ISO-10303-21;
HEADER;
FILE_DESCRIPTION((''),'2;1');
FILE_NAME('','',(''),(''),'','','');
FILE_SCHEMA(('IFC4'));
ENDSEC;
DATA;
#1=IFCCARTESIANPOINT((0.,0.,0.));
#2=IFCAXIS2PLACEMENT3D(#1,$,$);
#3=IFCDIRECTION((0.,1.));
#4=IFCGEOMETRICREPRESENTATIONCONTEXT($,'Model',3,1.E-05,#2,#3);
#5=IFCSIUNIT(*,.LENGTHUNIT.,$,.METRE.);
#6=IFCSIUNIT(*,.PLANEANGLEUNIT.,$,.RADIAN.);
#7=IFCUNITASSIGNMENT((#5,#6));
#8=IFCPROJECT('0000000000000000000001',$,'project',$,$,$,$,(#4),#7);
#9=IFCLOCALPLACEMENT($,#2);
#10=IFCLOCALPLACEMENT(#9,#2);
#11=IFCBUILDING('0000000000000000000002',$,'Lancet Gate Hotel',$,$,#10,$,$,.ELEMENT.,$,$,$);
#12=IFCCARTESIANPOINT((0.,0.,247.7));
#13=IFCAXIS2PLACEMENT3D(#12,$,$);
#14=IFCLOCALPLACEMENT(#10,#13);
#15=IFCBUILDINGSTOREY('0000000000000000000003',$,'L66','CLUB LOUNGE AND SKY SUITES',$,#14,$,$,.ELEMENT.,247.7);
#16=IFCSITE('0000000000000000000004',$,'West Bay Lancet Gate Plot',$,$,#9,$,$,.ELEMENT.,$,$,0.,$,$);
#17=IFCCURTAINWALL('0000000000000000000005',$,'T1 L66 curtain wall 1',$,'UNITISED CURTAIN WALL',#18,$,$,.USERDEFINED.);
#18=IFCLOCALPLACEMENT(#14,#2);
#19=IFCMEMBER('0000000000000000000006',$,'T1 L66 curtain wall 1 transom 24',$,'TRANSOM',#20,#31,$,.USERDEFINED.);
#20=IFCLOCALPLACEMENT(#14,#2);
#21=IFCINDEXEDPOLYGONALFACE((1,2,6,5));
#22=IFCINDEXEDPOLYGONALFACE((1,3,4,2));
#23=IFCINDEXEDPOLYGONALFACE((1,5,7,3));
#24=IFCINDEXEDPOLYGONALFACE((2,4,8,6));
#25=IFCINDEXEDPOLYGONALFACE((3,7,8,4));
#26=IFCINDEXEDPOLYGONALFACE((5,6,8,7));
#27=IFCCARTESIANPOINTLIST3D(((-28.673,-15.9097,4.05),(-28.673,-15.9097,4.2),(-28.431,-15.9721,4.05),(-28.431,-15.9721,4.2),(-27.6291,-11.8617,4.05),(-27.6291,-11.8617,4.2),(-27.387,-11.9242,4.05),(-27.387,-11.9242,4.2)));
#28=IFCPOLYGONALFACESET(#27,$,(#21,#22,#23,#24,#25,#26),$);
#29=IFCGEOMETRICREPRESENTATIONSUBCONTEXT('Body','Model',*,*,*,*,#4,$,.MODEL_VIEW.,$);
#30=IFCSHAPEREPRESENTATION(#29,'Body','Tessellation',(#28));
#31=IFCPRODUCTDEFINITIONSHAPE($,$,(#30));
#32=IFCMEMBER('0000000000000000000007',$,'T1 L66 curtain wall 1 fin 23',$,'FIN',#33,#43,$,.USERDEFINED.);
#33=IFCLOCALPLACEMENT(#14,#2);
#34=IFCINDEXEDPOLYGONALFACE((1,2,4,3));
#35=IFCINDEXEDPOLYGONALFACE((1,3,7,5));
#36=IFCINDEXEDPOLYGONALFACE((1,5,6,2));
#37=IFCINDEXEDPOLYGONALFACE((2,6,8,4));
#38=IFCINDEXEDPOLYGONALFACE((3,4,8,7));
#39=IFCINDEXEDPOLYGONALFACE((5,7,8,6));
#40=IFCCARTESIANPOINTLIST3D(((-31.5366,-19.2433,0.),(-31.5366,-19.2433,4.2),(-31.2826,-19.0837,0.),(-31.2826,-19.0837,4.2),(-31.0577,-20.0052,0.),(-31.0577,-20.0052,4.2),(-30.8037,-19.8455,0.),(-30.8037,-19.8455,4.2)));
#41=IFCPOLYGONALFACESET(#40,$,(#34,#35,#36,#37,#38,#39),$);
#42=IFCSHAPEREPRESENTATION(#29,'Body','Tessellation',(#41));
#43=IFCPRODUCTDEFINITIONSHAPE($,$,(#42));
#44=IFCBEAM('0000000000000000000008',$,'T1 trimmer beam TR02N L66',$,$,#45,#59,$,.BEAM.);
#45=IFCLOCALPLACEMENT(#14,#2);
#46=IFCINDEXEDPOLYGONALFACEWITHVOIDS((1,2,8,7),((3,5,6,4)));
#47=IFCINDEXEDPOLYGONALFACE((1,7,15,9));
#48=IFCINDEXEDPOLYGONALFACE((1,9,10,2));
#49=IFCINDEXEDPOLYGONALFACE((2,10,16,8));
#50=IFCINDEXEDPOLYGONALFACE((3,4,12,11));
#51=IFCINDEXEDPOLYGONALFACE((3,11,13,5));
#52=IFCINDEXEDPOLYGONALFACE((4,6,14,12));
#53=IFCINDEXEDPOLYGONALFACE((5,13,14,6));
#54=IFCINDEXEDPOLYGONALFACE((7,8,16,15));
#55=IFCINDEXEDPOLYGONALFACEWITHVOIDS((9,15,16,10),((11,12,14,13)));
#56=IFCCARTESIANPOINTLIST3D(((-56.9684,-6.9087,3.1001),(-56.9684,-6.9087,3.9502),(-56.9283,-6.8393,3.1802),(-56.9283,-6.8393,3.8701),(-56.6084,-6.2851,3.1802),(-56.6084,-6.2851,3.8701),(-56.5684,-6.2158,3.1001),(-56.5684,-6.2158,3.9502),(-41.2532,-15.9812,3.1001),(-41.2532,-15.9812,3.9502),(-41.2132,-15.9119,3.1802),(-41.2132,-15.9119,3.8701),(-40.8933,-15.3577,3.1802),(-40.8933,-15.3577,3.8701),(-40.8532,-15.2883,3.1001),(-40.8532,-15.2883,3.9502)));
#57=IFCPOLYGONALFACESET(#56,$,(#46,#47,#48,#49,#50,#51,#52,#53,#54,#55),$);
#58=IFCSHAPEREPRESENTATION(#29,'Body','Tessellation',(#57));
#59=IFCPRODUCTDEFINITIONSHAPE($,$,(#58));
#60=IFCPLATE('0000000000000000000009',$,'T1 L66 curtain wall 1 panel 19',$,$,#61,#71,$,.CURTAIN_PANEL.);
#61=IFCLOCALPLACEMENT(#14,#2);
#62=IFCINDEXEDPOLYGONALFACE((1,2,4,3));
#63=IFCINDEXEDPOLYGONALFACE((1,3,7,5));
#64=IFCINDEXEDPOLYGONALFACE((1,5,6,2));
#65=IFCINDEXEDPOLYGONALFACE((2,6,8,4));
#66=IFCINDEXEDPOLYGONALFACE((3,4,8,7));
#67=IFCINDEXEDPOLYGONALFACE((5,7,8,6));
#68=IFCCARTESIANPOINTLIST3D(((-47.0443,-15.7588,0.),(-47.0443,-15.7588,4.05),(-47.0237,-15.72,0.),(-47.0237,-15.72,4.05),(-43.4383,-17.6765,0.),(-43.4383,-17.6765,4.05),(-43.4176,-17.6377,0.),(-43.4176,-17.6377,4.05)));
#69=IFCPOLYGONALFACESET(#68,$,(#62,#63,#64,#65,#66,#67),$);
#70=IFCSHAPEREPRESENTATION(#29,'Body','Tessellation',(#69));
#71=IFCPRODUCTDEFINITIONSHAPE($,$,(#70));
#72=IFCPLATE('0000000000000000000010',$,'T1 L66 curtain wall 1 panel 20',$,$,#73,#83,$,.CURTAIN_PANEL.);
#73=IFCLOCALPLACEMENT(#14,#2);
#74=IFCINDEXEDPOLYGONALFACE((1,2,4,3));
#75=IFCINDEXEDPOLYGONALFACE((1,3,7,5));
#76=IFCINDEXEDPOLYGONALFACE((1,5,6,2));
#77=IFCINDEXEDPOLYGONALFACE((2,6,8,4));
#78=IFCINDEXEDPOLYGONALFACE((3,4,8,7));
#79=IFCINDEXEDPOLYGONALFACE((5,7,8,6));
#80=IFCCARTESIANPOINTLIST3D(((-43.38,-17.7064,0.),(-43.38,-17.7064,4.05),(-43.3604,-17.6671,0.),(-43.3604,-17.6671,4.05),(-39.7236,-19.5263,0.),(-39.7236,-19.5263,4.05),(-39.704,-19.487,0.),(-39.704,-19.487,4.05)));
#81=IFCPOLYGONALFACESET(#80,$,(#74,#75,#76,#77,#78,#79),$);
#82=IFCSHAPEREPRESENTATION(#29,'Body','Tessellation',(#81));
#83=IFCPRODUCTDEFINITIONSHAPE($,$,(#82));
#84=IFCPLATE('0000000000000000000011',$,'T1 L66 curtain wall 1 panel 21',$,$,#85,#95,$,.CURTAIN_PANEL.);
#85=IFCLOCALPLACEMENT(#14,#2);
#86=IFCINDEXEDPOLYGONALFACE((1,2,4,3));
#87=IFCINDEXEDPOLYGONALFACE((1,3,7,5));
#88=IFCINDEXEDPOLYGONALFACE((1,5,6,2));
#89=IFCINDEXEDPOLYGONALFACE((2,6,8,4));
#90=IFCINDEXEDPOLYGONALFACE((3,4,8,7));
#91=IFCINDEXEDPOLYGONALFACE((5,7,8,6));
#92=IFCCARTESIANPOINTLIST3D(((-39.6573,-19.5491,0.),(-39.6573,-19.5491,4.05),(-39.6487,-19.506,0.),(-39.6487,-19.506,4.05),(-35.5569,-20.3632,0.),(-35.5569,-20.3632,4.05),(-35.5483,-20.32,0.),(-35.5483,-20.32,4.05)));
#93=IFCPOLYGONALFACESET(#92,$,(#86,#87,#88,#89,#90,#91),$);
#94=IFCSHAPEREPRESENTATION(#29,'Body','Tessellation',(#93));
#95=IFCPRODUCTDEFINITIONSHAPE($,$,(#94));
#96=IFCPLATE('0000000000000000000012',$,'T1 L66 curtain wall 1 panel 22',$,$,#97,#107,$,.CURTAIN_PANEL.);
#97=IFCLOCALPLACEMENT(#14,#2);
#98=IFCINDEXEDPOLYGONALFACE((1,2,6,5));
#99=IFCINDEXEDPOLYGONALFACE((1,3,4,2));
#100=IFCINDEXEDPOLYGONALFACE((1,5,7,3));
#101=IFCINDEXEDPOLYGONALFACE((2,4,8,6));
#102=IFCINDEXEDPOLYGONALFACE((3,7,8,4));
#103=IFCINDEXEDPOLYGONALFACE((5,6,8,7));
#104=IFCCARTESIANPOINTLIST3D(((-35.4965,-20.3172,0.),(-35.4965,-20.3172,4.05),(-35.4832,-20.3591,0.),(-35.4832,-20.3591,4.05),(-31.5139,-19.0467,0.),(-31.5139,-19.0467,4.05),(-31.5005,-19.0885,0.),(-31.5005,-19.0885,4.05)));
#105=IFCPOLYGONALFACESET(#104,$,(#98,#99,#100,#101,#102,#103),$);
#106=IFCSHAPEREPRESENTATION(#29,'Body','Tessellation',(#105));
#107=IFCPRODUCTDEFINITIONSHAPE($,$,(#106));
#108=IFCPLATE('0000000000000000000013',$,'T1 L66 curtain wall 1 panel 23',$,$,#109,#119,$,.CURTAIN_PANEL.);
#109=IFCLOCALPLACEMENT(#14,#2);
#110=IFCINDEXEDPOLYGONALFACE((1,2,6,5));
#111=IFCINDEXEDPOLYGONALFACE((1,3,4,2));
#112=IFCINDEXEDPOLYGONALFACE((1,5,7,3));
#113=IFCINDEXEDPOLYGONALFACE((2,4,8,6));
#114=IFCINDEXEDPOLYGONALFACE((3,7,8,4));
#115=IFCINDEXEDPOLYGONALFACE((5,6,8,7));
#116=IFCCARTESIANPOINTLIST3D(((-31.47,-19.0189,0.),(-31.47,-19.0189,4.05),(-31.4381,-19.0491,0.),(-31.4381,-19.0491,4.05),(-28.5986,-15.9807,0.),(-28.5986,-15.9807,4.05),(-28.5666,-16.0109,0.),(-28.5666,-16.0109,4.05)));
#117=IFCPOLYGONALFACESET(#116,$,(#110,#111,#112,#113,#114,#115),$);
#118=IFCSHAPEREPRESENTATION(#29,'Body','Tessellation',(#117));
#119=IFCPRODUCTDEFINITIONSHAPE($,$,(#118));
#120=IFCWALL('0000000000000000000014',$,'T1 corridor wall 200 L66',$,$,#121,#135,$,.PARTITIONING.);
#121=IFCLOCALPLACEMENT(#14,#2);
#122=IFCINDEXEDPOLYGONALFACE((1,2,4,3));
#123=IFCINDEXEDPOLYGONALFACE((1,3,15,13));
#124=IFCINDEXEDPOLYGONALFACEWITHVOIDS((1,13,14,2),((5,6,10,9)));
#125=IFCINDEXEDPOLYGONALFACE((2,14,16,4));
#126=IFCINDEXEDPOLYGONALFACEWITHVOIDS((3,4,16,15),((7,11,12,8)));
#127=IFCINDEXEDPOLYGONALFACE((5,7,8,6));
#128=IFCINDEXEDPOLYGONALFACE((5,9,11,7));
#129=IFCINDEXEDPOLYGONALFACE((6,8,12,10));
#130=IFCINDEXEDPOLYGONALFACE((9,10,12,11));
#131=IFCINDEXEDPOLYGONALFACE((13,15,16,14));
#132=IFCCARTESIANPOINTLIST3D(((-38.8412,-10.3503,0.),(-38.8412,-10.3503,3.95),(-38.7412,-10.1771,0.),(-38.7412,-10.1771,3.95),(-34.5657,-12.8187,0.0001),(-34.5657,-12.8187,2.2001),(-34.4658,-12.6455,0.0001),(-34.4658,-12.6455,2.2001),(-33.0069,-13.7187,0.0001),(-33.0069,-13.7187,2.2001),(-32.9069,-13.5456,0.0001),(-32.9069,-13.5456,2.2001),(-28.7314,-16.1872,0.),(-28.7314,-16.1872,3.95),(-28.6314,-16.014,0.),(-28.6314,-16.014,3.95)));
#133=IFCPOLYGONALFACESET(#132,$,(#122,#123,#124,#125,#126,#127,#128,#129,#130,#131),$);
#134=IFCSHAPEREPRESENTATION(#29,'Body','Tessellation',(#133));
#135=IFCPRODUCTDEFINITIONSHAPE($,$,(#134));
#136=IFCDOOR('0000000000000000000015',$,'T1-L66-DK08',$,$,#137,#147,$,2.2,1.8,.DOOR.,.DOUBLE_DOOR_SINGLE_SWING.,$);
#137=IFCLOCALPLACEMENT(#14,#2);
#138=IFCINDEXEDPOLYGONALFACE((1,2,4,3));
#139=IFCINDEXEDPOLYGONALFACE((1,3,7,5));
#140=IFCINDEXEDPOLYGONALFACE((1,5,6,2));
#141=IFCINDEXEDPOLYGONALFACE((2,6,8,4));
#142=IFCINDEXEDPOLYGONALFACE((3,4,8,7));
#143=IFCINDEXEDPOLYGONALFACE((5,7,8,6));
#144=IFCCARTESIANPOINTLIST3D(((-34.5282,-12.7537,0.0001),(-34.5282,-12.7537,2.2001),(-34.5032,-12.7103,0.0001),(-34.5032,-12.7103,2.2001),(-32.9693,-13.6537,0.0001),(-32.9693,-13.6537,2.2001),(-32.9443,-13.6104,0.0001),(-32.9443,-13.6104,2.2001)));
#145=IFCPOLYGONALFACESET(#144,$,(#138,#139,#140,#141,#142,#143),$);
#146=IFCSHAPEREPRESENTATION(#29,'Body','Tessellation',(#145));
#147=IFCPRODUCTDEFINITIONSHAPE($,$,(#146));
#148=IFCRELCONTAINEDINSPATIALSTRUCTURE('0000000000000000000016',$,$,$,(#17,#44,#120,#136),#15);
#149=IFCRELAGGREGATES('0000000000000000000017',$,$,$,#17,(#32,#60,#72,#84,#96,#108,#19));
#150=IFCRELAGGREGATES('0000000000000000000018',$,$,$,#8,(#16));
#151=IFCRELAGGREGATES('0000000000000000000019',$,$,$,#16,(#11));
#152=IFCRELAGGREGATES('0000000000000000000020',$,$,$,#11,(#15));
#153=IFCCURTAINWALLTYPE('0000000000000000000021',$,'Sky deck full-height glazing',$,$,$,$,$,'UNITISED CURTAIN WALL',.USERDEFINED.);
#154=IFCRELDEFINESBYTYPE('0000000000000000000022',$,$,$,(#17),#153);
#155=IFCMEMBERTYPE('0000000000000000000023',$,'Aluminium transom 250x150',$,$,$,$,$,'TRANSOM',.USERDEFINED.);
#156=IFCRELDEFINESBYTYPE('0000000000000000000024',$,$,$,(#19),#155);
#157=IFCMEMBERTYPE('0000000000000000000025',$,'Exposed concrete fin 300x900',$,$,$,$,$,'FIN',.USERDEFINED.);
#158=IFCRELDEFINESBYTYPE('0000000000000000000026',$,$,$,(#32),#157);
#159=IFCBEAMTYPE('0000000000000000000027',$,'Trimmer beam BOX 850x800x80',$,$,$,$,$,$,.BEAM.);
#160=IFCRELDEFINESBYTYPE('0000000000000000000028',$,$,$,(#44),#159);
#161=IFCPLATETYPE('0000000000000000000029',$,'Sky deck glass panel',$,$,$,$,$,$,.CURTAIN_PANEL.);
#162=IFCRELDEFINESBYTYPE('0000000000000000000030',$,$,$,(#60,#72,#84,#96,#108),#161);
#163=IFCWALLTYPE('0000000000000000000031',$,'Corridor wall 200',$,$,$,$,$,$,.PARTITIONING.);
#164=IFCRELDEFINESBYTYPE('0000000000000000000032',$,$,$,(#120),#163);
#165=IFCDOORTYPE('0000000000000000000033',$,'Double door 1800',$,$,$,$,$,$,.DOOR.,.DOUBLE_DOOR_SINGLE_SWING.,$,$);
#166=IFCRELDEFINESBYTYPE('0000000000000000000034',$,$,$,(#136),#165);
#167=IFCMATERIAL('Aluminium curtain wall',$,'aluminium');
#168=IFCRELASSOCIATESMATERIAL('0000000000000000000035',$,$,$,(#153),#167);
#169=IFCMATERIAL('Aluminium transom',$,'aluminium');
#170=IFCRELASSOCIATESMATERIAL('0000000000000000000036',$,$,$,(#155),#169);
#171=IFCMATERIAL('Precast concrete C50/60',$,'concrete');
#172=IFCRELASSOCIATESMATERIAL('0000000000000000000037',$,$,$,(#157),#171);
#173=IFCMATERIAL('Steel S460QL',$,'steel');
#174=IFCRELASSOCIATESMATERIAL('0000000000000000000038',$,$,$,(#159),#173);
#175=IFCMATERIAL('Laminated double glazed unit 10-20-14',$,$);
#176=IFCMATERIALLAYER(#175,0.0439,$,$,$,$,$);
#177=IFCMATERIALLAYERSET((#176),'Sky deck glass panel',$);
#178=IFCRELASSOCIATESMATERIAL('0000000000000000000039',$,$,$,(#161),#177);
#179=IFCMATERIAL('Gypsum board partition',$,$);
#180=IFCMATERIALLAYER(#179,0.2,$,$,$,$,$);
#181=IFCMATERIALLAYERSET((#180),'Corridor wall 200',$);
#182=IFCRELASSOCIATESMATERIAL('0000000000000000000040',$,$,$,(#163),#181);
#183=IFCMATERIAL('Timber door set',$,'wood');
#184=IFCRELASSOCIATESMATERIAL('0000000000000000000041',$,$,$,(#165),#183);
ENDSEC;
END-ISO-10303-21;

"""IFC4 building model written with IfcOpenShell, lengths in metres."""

from ifc_helpers import new_model, si_unit, direction, frame, frame_2d, origin, origin_2d, place, context, subcontext, project, spatial, rectangle, hollow_rectangle, extrude, material, layer, layer_set, material_profile, profile_set, type_object, element, fill, aggregate, save


model = new_model("IFC4")

# Units and contexts
model_context = context("Model", 3, precision=1e-05, world=origin(), true_north=direction((0.0, 1.0)))
body_context = subcontext(model_context, "Body", "Model", "MODEL_VIEW")
ifc_project = project(units=[si_unit("LENGTHUNIT", "METRE"), si_unit("PLANEANGLEUNIT", "RADIAN")], contexts=[model_context])

# Site, building, storey
site_placement = place(None, origin())
site = spatial("IfcSite", under=ifc_project, at=site_placement, Name="West Bay Lancet Gate Plot", CompositionType="ELEMENT", RefElevation=0.0)
building_placement = place(site_placement, origin())
building = spatial("IfcBuilding", under=site, at=building_placement, Name="Lancet Gate Hotel", CompositionType="ELEMENT")
storey_placement = place(building_placement, frame((0.0, 0.0, 247.7)))
storey = spatial("IfcBuildingStorey", under=building, at=storey_placement, Name="L66", Description="CLUB LOUNGE AND SKY SUITES", CompositionType="ELEMENT", Elevation=247.7)

# Curtain wall, members
ifc_material_1 = material(Name="Aluminium curtain wall", Category="aluminium")
curtain_wall_type = type_object("IfcCurtainWallType", Name="Sky deck full-height glazing", ElementType="UNITISED CURTAIN WALL", PredefinedType="USERDEFINED", material=ifc_material_1)
curtain_wall_placement = place(storey_placement, origin())
curtain_wall = element("IfcCurtainWall", 1, at=curtain_wall_placement, inside=storey, type_object=curtain_wall_type, Name="T1 L66 curtain wall 1", ObjectType="UNITISED CURTAIN WALL", PredefinedType="USERDEFINED")
ifc_material_2 = material(Name="Aluminium transom", Category="aluminium")
ifc_material_profile_1 = material_profile(ifc_material_2, rectangle(XDim=0.25, YDim=0.1499, at=origin_2d()), Name="TRANSOM 250x150")
ifc_profile_set_1 = profile_set([ifc_material_profile_1], Name="Aluminium transom")
member_type_1 = type_object("IfcMemberType", Name="Aluminium transom 250x150", ElementType="TRANSOM", PredefinedType="USERDEFINED", material=ifc_profile_set_1)
member_1_placement = place(storey_placement, frame((-28.552, -15.9409, 4.125), z_axis=(0.249716, 0.968319, 0.0), x_axis=(-0.968319, 0.249716, 0.0)))
member_1 = element("IfcMember", 2, at=member_1_placement, type_object=member_type_1, Name="T1 L66 curtain wall 1 transom 24", ObjectType="TRANSOM", PredefinedType="USERDEFINED", context=body_context, shape_type="SweptSolid", body=[
    extrude(rectangle(XDim=0.25, YDim=0.1499, at=origin_2d()), origin(), (0.0, 0.0, 1.0), 4.1804),
])
ifc_material_3 = material(Name="Precast concrete C50/60", Category="concrete")
ifc_material_profile_2 = material_profile(ifc_material_3, rectangle(XDim=0.3, YDim=0.8999, at=origin_2d()), Name="FIN 300x900")
ifc_profile_set_2 = profile_set([ifc_material_profile_2], Name="Precast concrete C50/60")
member_type_2 = type_object("IfcMemberType", Name="Exposed concrete fin 300x900", ElementType="FIN", PredefinedType="USERDEFINED", material=ifc_profile_set_2)
member_2_placement = place(storey_placement, frame((-31.1702, -19.5444, 0.0), z_axis=(0.0, 0.0, 1.0), x_axis=(0.846613, 0.532209, 0.0)))
member_2 = element("IfcMember", 3, at=member_2_placement, type_object=member_type_2, Name="T1 L66 curtain wall 1 fin 23", ObjectType="FIN", PredefinedType="USERDEFINED", context=body_context, shape_type="SweptSolid", body=[
    extrude(rectangle(XDim=0.3, YDim=0.8999, at=origin_2d()), origin(), (0.0, 0.0, 1.0), 4.2),
])

# Beam
ifc_material_4 = material(Name="Steel S460QL", Category="steel")
ifc_material_profile_3 = material_profile(ifc_material_4, hollow_rectangle(XDim=0.8, YDim=0.8501, WallThickness=0.0801, at=origin_2d()), Name="BOX 850x800x80")
ifc_profile_set_3 = profile_set([ifc_material_profile_3], Name="Steel S460QL")
beam_type = type_object("IfcBeamType", Name="Trimmer beam BOX 850x800x80", PredefinedType="BEAM", material=ifc_profile_set_3)
beam_placement = place(storey_placement, frame((-41.0532, -15.6348, 3.5251), z_axis=(-0.86604, 0.499975, 0.0), x_axis=(-0.499975, -0.86604, 0.0)))
element("IfcBeam", 4, at=beam_placement, inside=storey, type_object=beam_type, Name="T1 trimmer beam TR02N L66", PredefinedType="BEAM", context=body_context, shape_type="SweptSolid", body=[
    extrude(hollow_rectangle(XDim=0.8, YDim=0.8501, WallThickness=0.0801, at=origin_2d()), origin(), (0.0, 0.0, 1.0), 18.146),
])

# Plates
ifc_material_5 = material(Name="Laminated double glazed unit 10-20-14")
ifc_layer_1 = layer(ifc_material_5, 0.0439)
ifc_layer_set_1 = layer_set([ifc_layer_1], Name="Sky deck glass panel")
plate_type = type_object("IfcPlateType", Name="Sky deck glass panel", PredefinedType="CURTAIN_PANEL", material=ifc_layer_set_1)
plate_1_placement = place(storey_placement, frame((-45.231, -16.6982, 0.0), z_axis=(0.0, 0.0, 1.0), x_axis=(0.882916, -0.469531, 0.0)))
plate_1 = element("IfcPlate", 5, at=plate_1_placement, type_object=plate_type, Name="T1 L66 curtain wall 1 panel 19", PredefinedType="CURTAIN_PANEL", context=body_context, shape_type="SweptSolid", body=[
    extrude(rectangle(XDim=4.0842, YDim=0.0439, at=origin_2d()), origin(), (0.0, 0.0, 1.0), 4.05),
])
plate_2_placement = place(storey_placement, frame((-41.542, -18.5967, 0.0), z_axis=(0.0, 0.0, 1.0), x_axis=(0.895234, -0.445596, 0.0)))
plate_2 = element("IfcPlate", 6, at=plate_2_placement, type_object=plate_type, Name="T1 L66 curtain wall 1 panel 20", PredefinedType="CURTAIN_PANEL", context=body_context, shape_type="SweptSolid", body=[
    extrude(rectangle(XDim=4.0842, YDim=0.0439, at=origin_2d()), origin(), (0.0, 0.0, 1.0), 4.05),
])
plate_3_placement = place(storey_placement, frame((-37.6028, -19.9346, 0.0), z_axis=(0.0, 0.0, 1.0), x_axis=(0.980857, -0.194731, 0.0)))
plate_3 = element("IfcPlate", 7, at=plate_3_placement, type_object=plate_type, Name="T1 L66 curtain wall 1 panel 21", PredefinedType="CURTAIN_PANEL", context=body_context, shape_type="SweptSolid", body=[
    extrude(rectangle(XDim=4.1804, YDim=0.0439, at=origin_2d()), origin(), (0.0, 0.0, 1.0), 4.05),
])
plate_4_placement = place(storey_placement, frame((-33.4985, -19.7029, 0.0), z_axis=(0.0, 0.0, 1.0), x_axis=(0.952696, 0.303926, 0.0)))
plate_4 = element("IfcPlate", 8, at=plate_4_placement, type_object=plate_type, Name="T1 L66 curtain wall 1 panel 22", PredefinedType="CURTAIN_PANEL", context=body_context, shape_type="SweptSolid", body=[
    extrude(rectangle(XDim=4.1804, YDim=0.0439, at=origin_2d()), origin(), (0.0, 0.0, 1.0), 4.05),
])
plate_5_placement = place(storey_placement, frame((-30.0183, -17.5149, 0.0), z_axis=(0.0, 0.0, 1.0), x_axis=(0.686883, 0.726768, 0.0)))
plate_5 = element("IfcPlate", 9, at=plate_5_placement, type_object=plate_type, Name="T1 L66 curtain wall 1 panel 23", PredefinedType="CURTAIN_PANEL", context=body_context, shape_type="SweptSolid", body=[
    extrude(rectangle(XDim=4.1804, YDim=0.0439, at=origin_2d()), origin(), (0.0, 0.0, 1.0), 4.05),
])
aggregate(curtain_wall, [member_2, plate_1, plate_2, plate_3, plate_4, plate_5, member_1])

# Wall, opening, door
ifc_material_6 = material(Name="Gypsum board partition")
ifc_layer_2 = layer(ifc_material_6, 0.2)
ifc_layer_set_2 = layer_set([ifc_layer_2], Name="Corridor wall 200")
wall_type = type_object("IfcWallType", Name="Corridor wall 200", PredefinedType="PARTITIONING", material=ifc_layer_set_2)
wall_placement = place(storey_placement, frame((-28.6814, -16.1006, 0.0), z_axis=(0.0, 0.0, 1.0), x_axis=(-0.866026, 0.499999, 0.0)))
wall = element("IfcWall", 10, at=wall_placement, inside=storey, type_object=wall_type, Name="T1 corridor wall 200 L66", PredefinedType="PARTITIONING", context=body_context, shape_type="SweptSolid", body=[
    extrude(rectangle(XDim=11.6738, YDim=0.2, at=frame_2d((5.8369, 0.0))), origin(), (0.0, 0.0, 1.0), 3.95),
])
opening_placement = place(wall_placement, frame((4.937, 0.0, 0.0)))
opening = element("IfcOpeningElement", 11, at=opening_placement, cuts=wall, PredefinedType="OPENING", context=body_context, shape_type="SweptSolid", body=[
    extrude(rectangle(XDim=1.8, YDim=2.2, at=frame_2d((0.8999, 1.1001))), frame((0.0, 0.1099, 0.0), z_axis=(0.0, -1.0, 0.0), x_axis=(1.0, 0.0, 0.0)), (0.0, 0.0, 1.0), 0.22),
])
ifc_material_7 = material(Name="Timber door set", Category="wood")
door_type = type_object("IfcDoorType", Name="Double door 1800", OperationType="DOUBLE_DOOR_SINGLE_SWING", PredefinedType="DOOR", material=ifc_material_7)
door_placement = place(opening_placement, origin())
door = element("IfcDoor", 12, at=door_placement, inside=storey, type_object=door_type, Name="T1-L66-DK08", OperationType="DOUBLE_DOOR_SINGLE_SWING", OverallHeight=2.2, OverallWidth=1.8, PredefinedType="DOOR", context=body_context, shape_type="SweptSolid", body=[
    extrude(rectangle(XDim=1.8, YDim=2.2, at=frame_2d((0.8999, 1.1001))), frame((0.0, 0.0249, 0.0), z_axis=(0.0, -1.0, 0.0), x_axis=(1.0, 0.0, 0.0)), (0.0, 0.0, 1.0), 0.05),
])
fill(opening, door)

save(model, "model.ifc")
